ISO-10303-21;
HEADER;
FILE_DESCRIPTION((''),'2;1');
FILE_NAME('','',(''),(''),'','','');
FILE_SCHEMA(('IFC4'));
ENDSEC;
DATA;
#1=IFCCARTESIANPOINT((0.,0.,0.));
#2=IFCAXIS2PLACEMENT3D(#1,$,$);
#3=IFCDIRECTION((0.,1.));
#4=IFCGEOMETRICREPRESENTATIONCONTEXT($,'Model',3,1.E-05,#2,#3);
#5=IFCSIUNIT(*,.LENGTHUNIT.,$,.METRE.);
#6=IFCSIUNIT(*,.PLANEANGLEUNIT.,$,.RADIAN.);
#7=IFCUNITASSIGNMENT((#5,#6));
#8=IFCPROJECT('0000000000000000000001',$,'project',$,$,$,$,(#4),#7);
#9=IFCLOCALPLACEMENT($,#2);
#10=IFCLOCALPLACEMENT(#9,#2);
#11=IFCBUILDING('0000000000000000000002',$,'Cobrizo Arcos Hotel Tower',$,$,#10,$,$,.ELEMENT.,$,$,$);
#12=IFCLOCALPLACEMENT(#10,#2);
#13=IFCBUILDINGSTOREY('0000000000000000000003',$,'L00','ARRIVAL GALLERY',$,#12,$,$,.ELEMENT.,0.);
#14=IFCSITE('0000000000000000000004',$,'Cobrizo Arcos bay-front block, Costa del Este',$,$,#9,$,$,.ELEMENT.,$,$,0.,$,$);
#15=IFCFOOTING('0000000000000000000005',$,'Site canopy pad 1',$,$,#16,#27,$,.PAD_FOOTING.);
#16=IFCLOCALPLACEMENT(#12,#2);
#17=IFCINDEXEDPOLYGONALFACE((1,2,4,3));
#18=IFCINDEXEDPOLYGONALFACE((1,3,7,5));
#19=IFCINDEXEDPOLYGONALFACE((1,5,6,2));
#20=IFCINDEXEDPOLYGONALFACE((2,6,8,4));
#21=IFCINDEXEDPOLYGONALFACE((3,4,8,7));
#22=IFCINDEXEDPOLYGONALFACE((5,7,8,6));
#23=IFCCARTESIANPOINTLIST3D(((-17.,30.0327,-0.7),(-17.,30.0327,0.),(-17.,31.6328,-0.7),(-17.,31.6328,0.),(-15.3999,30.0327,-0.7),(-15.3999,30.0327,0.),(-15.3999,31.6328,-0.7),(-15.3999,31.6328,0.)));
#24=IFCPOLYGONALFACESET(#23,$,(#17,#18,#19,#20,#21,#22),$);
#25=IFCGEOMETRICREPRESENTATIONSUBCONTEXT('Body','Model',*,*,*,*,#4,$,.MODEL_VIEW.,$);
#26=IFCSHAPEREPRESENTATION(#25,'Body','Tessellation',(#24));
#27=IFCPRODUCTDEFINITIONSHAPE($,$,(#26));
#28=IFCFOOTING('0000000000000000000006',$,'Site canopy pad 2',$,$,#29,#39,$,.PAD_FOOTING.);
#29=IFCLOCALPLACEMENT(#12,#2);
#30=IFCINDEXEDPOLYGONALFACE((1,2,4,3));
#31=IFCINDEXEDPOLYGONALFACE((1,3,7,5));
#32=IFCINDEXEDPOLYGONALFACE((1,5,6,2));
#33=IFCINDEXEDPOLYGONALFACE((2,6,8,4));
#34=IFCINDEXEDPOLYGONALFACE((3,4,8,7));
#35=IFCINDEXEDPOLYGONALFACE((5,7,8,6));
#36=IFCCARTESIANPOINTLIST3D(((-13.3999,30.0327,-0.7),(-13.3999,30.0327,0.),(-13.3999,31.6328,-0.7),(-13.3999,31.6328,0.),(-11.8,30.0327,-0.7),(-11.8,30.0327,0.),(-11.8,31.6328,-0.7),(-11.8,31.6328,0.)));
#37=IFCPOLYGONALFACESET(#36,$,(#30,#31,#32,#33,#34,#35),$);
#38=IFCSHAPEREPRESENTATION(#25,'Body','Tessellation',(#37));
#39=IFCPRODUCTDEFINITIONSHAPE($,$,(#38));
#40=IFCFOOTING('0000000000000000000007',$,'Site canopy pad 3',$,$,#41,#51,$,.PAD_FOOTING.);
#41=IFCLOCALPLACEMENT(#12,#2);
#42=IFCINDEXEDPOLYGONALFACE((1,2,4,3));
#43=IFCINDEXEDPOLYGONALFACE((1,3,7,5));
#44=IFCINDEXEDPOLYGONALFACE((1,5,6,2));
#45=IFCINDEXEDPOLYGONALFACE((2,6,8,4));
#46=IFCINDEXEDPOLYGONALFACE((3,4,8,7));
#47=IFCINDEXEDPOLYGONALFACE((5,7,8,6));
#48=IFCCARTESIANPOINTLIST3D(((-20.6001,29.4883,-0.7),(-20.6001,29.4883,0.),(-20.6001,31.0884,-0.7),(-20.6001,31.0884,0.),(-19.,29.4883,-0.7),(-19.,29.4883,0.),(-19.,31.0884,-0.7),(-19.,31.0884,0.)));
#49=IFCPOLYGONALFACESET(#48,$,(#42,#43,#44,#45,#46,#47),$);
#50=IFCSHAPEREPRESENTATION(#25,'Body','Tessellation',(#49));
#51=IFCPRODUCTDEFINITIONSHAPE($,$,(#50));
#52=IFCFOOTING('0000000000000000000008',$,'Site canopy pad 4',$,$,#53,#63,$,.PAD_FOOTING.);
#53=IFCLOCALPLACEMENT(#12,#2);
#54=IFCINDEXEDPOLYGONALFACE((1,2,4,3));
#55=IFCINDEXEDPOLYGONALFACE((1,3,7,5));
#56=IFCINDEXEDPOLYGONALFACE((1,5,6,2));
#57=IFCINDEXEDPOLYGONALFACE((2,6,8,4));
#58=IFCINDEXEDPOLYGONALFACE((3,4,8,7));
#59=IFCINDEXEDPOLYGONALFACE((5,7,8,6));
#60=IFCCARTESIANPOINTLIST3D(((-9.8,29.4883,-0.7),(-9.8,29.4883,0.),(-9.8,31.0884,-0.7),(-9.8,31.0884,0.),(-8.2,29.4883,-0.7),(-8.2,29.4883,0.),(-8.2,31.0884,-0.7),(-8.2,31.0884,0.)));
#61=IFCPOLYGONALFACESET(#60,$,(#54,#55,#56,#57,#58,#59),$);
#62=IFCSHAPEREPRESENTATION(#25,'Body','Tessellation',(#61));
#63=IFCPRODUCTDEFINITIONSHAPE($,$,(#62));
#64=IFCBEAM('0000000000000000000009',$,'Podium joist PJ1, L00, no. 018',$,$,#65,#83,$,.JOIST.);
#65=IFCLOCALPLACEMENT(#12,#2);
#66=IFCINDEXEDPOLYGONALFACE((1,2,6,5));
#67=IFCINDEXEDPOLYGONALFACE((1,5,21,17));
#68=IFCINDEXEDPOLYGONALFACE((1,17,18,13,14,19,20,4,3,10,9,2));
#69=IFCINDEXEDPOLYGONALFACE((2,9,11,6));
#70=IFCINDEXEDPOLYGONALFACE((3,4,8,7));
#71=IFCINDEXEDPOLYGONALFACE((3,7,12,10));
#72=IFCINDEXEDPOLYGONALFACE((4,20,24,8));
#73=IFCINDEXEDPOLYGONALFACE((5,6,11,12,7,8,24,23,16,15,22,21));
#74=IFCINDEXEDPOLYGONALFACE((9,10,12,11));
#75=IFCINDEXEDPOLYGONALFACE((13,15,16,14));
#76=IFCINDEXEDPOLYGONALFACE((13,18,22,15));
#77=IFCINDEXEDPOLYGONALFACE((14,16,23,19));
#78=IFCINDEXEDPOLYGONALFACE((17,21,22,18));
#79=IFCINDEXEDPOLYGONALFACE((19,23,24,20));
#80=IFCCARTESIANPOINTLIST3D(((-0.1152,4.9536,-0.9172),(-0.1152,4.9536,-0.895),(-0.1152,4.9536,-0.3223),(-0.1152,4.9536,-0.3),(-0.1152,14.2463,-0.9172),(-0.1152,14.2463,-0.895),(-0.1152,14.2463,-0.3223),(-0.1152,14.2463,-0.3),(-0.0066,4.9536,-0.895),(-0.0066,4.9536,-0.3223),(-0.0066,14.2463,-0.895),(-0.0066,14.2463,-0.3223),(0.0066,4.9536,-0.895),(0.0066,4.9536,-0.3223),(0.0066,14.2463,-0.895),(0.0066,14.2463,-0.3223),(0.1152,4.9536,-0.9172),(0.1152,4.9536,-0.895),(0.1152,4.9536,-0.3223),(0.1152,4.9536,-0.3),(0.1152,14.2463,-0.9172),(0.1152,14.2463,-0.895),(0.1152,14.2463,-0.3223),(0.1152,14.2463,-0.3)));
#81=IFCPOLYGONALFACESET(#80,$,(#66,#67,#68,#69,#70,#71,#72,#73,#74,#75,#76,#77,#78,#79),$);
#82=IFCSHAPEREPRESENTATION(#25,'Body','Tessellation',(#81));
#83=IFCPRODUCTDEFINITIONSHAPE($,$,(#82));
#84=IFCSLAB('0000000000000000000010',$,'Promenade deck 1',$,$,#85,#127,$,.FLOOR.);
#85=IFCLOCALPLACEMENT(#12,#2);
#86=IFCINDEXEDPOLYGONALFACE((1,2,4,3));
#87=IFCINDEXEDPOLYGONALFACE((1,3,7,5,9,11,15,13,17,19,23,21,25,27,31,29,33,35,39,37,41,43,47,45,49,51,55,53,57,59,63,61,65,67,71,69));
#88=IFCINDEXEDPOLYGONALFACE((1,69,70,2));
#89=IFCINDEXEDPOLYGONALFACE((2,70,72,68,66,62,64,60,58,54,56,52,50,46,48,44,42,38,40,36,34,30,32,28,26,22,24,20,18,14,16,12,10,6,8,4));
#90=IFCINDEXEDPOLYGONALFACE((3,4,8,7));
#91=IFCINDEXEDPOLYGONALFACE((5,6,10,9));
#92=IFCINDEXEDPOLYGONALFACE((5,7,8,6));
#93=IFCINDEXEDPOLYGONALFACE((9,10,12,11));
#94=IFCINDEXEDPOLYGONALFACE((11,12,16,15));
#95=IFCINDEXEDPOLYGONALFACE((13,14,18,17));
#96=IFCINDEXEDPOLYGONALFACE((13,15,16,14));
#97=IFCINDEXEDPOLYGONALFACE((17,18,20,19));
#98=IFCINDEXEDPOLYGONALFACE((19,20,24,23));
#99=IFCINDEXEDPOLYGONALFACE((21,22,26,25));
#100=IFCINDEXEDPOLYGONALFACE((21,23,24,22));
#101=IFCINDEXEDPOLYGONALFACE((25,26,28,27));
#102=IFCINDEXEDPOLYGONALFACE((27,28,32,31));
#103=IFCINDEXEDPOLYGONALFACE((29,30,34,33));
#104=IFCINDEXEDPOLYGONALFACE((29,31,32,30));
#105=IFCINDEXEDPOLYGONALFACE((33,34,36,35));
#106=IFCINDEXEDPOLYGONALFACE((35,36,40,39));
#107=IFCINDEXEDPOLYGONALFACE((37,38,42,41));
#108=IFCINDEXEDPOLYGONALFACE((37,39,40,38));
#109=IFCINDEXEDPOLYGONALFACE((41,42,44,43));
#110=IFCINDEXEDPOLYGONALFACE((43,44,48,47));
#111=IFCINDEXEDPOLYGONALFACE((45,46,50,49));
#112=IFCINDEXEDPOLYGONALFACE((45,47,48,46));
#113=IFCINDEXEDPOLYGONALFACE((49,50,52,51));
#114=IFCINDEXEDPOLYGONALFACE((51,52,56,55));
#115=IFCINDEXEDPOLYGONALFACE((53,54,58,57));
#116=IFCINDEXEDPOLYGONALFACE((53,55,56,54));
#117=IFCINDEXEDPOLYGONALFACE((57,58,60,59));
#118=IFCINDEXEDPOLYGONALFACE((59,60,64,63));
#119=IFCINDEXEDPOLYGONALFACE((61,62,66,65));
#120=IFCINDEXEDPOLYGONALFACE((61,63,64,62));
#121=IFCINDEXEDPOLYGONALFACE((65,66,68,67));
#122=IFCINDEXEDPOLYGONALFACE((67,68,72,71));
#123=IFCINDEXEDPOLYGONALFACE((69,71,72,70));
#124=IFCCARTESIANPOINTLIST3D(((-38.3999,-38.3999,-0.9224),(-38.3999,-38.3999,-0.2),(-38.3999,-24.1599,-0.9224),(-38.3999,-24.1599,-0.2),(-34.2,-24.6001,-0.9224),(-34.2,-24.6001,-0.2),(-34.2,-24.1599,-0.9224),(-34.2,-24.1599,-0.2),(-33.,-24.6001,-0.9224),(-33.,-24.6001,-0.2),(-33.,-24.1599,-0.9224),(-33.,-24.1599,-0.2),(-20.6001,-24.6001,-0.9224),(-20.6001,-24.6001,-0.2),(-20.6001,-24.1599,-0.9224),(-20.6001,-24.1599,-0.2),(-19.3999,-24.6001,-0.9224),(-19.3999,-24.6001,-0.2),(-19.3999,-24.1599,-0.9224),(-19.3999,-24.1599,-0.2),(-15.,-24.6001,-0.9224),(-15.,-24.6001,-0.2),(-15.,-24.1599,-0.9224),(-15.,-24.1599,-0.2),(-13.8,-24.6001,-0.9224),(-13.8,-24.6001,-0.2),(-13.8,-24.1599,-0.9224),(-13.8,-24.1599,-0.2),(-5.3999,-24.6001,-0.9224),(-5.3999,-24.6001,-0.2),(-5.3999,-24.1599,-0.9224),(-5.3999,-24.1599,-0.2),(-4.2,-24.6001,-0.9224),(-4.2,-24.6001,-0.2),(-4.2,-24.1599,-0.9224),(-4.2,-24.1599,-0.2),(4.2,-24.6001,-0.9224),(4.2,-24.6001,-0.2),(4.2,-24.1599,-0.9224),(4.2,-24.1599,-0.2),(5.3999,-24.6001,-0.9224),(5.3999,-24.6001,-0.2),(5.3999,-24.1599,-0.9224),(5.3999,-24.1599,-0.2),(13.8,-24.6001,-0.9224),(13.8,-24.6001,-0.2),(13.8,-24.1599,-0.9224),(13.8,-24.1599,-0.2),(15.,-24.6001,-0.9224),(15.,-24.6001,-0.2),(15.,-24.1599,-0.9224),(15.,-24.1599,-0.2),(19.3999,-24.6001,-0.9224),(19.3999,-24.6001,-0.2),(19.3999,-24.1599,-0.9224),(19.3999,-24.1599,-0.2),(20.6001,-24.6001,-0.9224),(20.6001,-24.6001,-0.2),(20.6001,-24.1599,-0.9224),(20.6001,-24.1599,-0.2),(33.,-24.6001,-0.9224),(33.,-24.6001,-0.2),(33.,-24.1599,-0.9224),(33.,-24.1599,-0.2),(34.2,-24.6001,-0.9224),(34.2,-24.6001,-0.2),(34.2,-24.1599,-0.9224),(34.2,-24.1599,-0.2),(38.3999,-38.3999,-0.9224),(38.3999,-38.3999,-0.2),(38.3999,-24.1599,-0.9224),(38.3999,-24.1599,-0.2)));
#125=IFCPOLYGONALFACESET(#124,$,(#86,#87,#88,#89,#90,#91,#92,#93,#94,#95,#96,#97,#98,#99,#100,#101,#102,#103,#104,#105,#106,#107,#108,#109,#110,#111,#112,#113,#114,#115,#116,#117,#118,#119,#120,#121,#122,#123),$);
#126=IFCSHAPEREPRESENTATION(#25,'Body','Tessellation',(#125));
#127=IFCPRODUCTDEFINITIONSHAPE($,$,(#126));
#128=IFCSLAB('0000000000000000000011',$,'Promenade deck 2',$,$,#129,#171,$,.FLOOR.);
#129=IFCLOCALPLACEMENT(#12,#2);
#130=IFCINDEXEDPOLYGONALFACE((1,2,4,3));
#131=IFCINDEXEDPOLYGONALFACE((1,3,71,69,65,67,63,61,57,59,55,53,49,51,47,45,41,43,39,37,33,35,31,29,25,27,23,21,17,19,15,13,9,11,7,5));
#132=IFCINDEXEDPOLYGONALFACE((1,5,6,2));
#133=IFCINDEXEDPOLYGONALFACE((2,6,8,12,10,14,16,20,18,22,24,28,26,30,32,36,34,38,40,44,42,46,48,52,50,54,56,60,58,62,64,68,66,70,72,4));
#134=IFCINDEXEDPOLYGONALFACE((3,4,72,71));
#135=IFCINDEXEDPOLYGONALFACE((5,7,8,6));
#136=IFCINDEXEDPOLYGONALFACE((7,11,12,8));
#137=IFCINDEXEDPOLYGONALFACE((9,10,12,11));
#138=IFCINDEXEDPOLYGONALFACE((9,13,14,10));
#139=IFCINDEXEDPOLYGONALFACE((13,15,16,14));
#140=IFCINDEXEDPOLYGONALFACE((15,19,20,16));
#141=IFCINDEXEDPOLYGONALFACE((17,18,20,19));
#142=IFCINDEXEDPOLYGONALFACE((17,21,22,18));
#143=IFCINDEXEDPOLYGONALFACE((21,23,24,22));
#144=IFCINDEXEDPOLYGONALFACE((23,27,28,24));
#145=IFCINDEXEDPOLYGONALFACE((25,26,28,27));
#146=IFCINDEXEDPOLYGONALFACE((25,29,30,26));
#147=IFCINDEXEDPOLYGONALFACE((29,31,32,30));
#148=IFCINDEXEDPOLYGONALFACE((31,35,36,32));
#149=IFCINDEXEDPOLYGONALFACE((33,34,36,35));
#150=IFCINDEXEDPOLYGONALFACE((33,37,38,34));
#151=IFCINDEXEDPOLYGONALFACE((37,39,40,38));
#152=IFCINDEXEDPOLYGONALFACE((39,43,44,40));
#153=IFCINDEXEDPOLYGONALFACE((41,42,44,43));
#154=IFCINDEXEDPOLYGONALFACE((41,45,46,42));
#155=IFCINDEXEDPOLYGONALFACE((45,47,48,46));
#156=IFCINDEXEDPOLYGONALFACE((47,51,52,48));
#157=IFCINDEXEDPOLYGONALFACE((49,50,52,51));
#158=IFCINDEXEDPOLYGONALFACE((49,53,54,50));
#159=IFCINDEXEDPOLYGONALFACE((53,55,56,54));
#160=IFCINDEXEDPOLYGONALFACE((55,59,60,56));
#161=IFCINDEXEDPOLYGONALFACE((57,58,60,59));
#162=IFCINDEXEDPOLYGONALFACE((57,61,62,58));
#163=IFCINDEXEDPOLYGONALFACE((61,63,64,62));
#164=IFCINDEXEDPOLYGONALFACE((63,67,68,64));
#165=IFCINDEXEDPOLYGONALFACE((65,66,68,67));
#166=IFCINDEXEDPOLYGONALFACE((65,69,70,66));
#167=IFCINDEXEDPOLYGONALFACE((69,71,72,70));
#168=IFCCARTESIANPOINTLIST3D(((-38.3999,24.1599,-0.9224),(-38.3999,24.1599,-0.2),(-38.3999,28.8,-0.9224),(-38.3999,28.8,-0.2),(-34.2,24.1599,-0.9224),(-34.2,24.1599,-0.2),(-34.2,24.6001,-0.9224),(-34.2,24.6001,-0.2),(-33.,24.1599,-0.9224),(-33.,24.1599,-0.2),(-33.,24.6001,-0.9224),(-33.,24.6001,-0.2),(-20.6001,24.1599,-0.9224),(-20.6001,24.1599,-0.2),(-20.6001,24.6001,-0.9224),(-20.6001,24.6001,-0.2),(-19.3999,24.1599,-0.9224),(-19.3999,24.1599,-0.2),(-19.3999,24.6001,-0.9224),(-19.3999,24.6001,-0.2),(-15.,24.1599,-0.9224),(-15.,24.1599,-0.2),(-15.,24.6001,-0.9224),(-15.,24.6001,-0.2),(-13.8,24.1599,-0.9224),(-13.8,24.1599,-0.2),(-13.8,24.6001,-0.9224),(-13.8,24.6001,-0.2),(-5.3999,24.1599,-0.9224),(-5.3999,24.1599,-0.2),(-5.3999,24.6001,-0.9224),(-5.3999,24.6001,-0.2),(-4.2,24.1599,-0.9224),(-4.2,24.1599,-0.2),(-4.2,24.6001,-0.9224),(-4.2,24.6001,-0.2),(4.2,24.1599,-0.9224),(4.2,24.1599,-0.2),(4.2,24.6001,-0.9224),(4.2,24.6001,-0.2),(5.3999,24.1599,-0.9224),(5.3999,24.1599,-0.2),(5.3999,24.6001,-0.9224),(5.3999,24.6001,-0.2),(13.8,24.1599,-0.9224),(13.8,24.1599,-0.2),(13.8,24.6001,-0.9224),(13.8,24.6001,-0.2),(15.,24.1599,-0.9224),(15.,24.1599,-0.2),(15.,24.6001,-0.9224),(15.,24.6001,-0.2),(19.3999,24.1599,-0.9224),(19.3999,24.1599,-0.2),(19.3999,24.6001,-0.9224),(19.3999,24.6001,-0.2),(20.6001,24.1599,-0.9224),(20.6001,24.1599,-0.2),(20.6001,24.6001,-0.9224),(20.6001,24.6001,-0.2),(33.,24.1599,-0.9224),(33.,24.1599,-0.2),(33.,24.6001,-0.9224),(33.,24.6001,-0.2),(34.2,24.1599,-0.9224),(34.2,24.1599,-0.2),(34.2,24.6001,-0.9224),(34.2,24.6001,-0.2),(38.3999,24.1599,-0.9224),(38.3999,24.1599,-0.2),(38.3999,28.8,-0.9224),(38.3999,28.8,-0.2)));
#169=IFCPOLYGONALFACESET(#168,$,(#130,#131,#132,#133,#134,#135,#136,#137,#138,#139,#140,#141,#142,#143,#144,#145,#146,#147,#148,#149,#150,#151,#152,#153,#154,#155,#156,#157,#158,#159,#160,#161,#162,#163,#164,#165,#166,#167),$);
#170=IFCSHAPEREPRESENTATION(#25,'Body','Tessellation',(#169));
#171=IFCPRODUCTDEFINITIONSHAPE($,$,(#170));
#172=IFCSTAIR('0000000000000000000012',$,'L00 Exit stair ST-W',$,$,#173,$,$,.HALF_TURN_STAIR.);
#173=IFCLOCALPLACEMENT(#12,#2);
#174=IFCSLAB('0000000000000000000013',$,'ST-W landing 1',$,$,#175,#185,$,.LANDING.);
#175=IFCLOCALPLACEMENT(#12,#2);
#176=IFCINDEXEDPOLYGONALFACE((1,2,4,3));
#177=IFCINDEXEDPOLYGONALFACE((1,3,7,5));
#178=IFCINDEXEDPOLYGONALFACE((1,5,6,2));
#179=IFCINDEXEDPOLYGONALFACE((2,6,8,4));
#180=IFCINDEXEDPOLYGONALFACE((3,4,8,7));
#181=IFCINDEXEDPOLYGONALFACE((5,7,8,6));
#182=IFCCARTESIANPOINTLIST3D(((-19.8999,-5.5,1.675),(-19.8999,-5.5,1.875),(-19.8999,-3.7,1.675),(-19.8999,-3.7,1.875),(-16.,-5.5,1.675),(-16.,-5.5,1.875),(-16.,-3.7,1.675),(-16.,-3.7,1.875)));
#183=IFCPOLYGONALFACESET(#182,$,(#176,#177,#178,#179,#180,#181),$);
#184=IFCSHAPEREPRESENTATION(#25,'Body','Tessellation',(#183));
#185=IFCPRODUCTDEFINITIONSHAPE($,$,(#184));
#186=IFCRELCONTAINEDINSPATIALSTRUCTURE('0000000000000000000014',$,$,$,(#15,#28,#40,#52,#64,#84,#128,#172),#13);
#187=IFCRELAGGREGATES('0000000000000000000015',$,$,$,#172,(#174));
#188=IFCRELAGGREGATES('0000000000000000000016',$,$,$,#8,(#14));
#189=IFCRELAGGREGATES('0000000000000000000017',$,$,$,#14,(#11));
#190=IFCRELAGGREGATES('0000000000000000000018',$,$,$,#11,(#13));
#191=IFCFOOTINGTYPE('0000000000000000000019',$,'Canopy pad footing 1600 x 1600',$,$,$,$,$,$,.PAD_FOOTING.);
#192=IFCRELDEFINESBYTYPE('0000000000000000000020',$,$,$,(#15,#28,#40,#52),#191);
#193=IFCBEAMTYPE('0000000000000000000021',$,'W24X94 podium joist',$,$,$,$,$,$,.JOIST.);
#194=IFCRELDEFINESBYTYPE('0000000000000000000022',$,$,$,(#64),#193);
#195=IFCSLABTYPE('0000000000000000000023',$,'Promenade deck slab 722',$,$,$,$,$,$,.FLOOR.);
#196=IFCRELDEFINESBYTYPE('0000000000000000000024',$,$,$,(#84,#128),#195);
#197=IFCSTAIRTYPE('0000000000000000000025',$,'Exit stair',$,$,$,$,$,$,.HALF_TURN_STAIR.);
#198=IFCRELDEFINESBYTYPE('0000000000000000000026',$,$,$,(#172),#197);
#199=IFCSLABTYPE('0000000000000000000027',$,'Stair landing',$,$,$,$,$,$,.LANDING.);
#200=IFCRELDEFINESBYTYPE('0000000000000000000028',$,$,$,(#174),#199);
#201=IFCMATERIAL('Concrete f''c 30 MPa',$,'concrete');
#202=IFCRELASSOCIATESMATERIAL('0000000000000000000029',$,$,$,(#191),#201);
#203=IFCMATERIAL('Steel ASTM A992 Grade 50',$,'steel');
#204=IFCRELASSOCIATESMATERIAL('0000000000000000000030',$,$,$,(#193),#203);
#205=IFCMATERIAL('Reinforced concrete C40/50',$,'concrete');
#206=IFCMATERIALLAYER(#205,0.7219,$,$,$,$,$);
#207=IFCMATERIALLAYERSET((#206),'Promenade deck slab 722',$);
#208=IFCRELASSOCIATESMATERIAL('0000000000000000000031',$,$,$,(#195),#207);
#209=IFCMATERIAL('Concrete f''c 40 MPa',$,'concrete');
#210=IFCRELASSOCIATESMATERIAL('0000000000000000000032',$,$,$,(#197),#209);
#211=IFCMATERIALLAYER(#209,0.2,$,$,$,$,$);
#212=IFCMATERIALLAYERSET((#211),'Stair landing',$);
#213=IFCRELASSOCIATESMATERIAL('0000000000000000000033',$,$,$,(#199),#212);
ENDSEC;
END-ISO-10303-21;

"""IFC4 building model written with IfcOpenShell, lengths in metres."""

from ifc_helpers import new_model, si_unit, direction, frame, origin, origin_2d, place, context, subcontext, project, spatial, polyline, i_section, outline, extrude, material, layer, layer_set, material_profile, profile_set, type_object, element, aggregate, save


model = new_model("IFC4")

# Units and contexts
model_context = context("Model", 3, precision=1e-05, world=origin(), true_north=direction((0.0, 1.0)))
body_context = subcontext(model_context, "Body", "Model", "MODEL_VIEW")
ifc_project = project(units=[si_unit("LENGTHUNIT", "METRE"), si_unit("PLANEANGLEUNIT", "RADIAN")], contexts=[model_context])

# Site, building, storey
site_placement = place(None, origin())
site = spatial("IfcSite", under=ifc_project, at=site_placement, Name="Cobrizo Arcos bay-front block, Costa del Este", CompositionType="ELEMENT", RefElevation=0.0)
building_placement = place(site_placement, origin())
building = spatial("IfcBuilding", under=site, at=building_placement, Name="Cobrizo Arcos Hotel Tower", CompositionType="ELEMENT")
storey_placement = place(building_placement, origin())
storey = spatial("IfcBuildingStorey", under=building, at=storey_placement, Name="L00", Description="ARRIVAL GALLERY", CompositionType="ELEMENT", Elevation=0.0)

# Footings
ifc_material_1 = material(Name="Concrete f'c 30 MPa", Category="concrete")
footing_type = type_object("IfcFootingType", Name="Canopy pad footing 1600 x 1600", PredefinedType="PAD_FOOTING", material=ifc_material_1)
footing_1_placement = place(storey_placement, frame((0.0, 0.0, -0.7)))
element("IfcFooting", 1, at=footing_1_placement, inside=storey, type_object=footing_type, Name="Site canopy pad 1", PredefinedType="PAD_FOOTING", context=body_context, shape_type="SweptSolid", body=[
    extrude(outline(polyline([(-15.3999, 30.0327), (-15.3999, 31.6328), (-17.0, 31.6328), (-17.0, 30.0327), (-15.3999, 30.0327)])), origin(), (0.0, 0.0, 1.0), 0.7),
])
footing_2_placement = place(storey_placement, frame((0.0, 0.0, -0.7)))
element("IfcFooting", 2, at=footing_2_placement, inside=storey, type_object=footing_type, Name="Site canopy pad 2", PredefinedType="PAD_FOOTING", context=body_context, shape_type="SweptSolid", body=[
    extrude(outline(polyline([(-11.8, 30.0327), (-11.8, 31.6328), (-13.3999, 31.6328), (-13.3999, 30.0327), (-11.8, 30.0327)])), origin(), (0.0, 0.0, 1.0), 0.7),
])
footing_3_placement = place(storey_placement, frame((0.0, 0.0, -0.7)))
element("IfcFooting", 3, at=footing_3_placement, inside=storey, type_object=footing_type, Name="Site canopy pad 3", PredefinedType="PAD_FOOTING", context=body_context, shape_type="SweptSolid", body=[
    extrude(outline(polyline([(-19.0, 29.4883), (-19.0, 31.0884), (-20.6001, 31.0884), (-20.6001, 29.4883), (-19.0, 29.4883)])), origin(), (0.0, 0.0, 1.0), 0.7),
])
footing_4_placement = place(storey_placement, frame((0.0, 0.0, -0.7)))
element("IfcFooting", 4, at=footing_4_placement, inside=storey, type_object=footing_type, Name="Site canopy pad 4", PredefinedType="PAD_FOOTING", context=body_context, shape_type="SweptSolid", body=[
    extrude(outline(polyline([(-8.2, 29.4883), (-8.2, 31.0884), (-9.8, 31.0884), (-9.8, 29.4883), (-8.2, 29.4883)])), origin(), (0.0, 0.0, 1.0), 0.7),
])

# Beam
ifc_material_2 = material(Name="Steel ASTM A992 Grade 50", Category="steel")
ifc_material_profile = material_profile(ifc_material_2, i_section(OverallWidth=0.2305, OverallDepth=0.6172, WebThickness=0.0132, FlangeThickness=0.0222, at=origin_2d()), Name="W24X94")
ifc_profile_set = profile_set([ifc_material_profile], Name="Steel ASTM A992 Grade 50")
beam_type = type_object("IfcBeamType", Name="W24X94 podium joist", PredefinedType="JOIST", material=ifc_profile_set)
beam_placement = place(storey_placement, frame((0.0, 4.9536, -0.6086), z_axis=(0.0, 1.0, 0.0), x_axis=(-1.0, 0.0, 0.0)))
element("IfcBeam", 5, at=beam_placement, inside=storey, type_object=beam_type, Name="Podium joist PJ1, L00, no. 018", PredefinedType="JOIST", context=body_context, shape_type="SweptSolid", body=[
    extrude(i_section(OverallWidth=0.2305, OverallDepth=0.6172, WebThickness=0.0132, FlangeThickness=0.0222, at=origin_2d()), origin(), (0.0, 0.0, 1.0), 9.2927),
])

# Slabs
ifc_material_3 = material(Name="Reinforced concrete C40/50", Category="concrete")
ifc_layer_1 = layer(ifc_material_3, 0.7219)
ifc_layer_set_1 = layer_set([ifc_layer_1], Name="Promenade deck slab 722")
slab_type_1 = type_object("IfcSlabType", Name="Promenade deck slab 722", PredefinedType="FLOOR", material=ifc_layer_set_1)
slab_1_placement = place(storey_placement, frame((0.0, 0.0, -0.9224)))
element("IfcSlab", 6, at=slab_1_placement, inside=storey, type_object=slab_type_1, Name="Promenade deck 1", PredefinedType="FLOOR", context=body_context, shape_type="SweptSolid", body=[
    extrude(outline(polyline([(-38.3999, -38.3999), (-38.3999, -24.1599), (-34.2, -24.1599), (-34.2, -24.6001), (-33.0, -24.6001), (-33.0, -24.1599), (-20.6001, -24.1599), (-20.6001, -24.6001), (-19.3999, -24.6001), (-19.3999, -24.1599), (-15.0, -24.1599), (-15.0, -24.6001), (-13.8, -24.6001), (-13.8, -24.1599), (-5.3999, -24.1599), (-5.3999, -24.6001), (-4.2, -24.6001), (-4.2, -24.1599), (4.2, -24.1599), (4.2, -24.6001), (5.3999, -24.6001), (5.3999, -24.1599), (13.8, -24.1599), (13.8, -24.6001), (15.0, -24.6001), (15.0, -24.1599), (19.3999, -24.1599), (19.3999, -24.6001), (20.6001, -24.6001), (20.6001, -24.1599), (33.0, -24.1599), (33.0, -24.6001), (34.2, -24.6001), (34.2, -24.1599), (38.3999, -24.1599), (38.3999, -38.3999), (-38.3999, -38.3999)])), origin(), (0.0, 0.0, 1.0), 0.7224),
])
slab_2_placement = place(storey_placement, frame((0.0, 0.0, -0.9224)))
element("IfcSlab", 7, at=slab_2_placement, inside=storey, type_object=slab_type_1, Name="Promenade deck 2", PredefinedType="FLOOR", context=body_context, shape_type="SweptSolid", body=[
    extrude(outline(polyline([(38.3999, 28.8), (38.3999, 24.1599), (34.2, 24.1599), (34.2, 24.6001), (33.0, 24.6001), (33.0, 24.1599), (20.6001, 24.1599), (20.6001, 24.6001), (19.3999, 24.6001), (19.3999, 24.1599), (15.0, 24.1599), (15.0, 24.6001), (13.8, 24.6001), (13.8, 24.1599), (5.3999, 24.1599), (5.3999, 24.6001), (4.2, 24.6001), (4.2, 24.1599), (-4.2, 24.1599), (-4.2, 24.6001), (-5.3999, 24.6001), (-5.3999, 24.1599), (-13.8, 24.1599), (-13.8, 24.6001), (-15.0, 24.6001), (-15.0, 24.1599), (-19.3999, 24.1599), (-19.3999, 24.6001), (-20.6001, 24.6001), (-20.6001, 24.1599), (-33.0, 24.1599), (-33.0, 24.6001), (-34.2, 24.6001), (-34.2, 24.1599), (-38.3999, 24.1599), (-38.3999, 28.8), (38.3999, 28.8)])), origin(), (0.0, 0.0, 1.0), 0.7224),
])

# Stair, slab
ifc_material_4 = material(Name="Concrete f'c 40 MPa", Category="concrete")
stair_type = type_object("IfcStairType", Name="Exit stair", PredefinedType="HALF_TURN_STAIR", material=ifc_material_4)
stair_1_placement = place(storey_placement, origin())
stair_1 = element("IfcStair", 8, at=stair_1_placement, inside=storey, type_object=stair_type, Name="L00 Exit stair ST-W", PredefinedType="HALF_TURN_STAIR")
ifc_layer_2 = layer(ifc_material_4, 0.2)
ifc_layer_set_2 = layer_set([ifc_layer_2], Name="Stair landing")
slab_type_2 = type_object("IfcSlabType", Name="Stair landing", PredefinedType="LANDING", material=ifc_layer_set_2)
slab_3_placement = place(storey_placement, frame((0.0, 0.0, 1.675)))
slab_3 = element("IfcSlab", 9, at=slab_3_placement, type_object=slab_type_2, Name="ST-W landing 1", PredefinedType="LANDING", context=body_context, shape_type="SweptSolid", body=[
    extrude(outline(polyline([(-16.0, -5.5), (-16.0, -3.7), (-19.8999, -3.7), (-19.8999, -5.5), (-16.0, -5.5)])), origin(), (0.0, 0.0, 1.0), 0.2),
])
aggregate(stair_1, [slab_3])

save(model, "model.ifc")
